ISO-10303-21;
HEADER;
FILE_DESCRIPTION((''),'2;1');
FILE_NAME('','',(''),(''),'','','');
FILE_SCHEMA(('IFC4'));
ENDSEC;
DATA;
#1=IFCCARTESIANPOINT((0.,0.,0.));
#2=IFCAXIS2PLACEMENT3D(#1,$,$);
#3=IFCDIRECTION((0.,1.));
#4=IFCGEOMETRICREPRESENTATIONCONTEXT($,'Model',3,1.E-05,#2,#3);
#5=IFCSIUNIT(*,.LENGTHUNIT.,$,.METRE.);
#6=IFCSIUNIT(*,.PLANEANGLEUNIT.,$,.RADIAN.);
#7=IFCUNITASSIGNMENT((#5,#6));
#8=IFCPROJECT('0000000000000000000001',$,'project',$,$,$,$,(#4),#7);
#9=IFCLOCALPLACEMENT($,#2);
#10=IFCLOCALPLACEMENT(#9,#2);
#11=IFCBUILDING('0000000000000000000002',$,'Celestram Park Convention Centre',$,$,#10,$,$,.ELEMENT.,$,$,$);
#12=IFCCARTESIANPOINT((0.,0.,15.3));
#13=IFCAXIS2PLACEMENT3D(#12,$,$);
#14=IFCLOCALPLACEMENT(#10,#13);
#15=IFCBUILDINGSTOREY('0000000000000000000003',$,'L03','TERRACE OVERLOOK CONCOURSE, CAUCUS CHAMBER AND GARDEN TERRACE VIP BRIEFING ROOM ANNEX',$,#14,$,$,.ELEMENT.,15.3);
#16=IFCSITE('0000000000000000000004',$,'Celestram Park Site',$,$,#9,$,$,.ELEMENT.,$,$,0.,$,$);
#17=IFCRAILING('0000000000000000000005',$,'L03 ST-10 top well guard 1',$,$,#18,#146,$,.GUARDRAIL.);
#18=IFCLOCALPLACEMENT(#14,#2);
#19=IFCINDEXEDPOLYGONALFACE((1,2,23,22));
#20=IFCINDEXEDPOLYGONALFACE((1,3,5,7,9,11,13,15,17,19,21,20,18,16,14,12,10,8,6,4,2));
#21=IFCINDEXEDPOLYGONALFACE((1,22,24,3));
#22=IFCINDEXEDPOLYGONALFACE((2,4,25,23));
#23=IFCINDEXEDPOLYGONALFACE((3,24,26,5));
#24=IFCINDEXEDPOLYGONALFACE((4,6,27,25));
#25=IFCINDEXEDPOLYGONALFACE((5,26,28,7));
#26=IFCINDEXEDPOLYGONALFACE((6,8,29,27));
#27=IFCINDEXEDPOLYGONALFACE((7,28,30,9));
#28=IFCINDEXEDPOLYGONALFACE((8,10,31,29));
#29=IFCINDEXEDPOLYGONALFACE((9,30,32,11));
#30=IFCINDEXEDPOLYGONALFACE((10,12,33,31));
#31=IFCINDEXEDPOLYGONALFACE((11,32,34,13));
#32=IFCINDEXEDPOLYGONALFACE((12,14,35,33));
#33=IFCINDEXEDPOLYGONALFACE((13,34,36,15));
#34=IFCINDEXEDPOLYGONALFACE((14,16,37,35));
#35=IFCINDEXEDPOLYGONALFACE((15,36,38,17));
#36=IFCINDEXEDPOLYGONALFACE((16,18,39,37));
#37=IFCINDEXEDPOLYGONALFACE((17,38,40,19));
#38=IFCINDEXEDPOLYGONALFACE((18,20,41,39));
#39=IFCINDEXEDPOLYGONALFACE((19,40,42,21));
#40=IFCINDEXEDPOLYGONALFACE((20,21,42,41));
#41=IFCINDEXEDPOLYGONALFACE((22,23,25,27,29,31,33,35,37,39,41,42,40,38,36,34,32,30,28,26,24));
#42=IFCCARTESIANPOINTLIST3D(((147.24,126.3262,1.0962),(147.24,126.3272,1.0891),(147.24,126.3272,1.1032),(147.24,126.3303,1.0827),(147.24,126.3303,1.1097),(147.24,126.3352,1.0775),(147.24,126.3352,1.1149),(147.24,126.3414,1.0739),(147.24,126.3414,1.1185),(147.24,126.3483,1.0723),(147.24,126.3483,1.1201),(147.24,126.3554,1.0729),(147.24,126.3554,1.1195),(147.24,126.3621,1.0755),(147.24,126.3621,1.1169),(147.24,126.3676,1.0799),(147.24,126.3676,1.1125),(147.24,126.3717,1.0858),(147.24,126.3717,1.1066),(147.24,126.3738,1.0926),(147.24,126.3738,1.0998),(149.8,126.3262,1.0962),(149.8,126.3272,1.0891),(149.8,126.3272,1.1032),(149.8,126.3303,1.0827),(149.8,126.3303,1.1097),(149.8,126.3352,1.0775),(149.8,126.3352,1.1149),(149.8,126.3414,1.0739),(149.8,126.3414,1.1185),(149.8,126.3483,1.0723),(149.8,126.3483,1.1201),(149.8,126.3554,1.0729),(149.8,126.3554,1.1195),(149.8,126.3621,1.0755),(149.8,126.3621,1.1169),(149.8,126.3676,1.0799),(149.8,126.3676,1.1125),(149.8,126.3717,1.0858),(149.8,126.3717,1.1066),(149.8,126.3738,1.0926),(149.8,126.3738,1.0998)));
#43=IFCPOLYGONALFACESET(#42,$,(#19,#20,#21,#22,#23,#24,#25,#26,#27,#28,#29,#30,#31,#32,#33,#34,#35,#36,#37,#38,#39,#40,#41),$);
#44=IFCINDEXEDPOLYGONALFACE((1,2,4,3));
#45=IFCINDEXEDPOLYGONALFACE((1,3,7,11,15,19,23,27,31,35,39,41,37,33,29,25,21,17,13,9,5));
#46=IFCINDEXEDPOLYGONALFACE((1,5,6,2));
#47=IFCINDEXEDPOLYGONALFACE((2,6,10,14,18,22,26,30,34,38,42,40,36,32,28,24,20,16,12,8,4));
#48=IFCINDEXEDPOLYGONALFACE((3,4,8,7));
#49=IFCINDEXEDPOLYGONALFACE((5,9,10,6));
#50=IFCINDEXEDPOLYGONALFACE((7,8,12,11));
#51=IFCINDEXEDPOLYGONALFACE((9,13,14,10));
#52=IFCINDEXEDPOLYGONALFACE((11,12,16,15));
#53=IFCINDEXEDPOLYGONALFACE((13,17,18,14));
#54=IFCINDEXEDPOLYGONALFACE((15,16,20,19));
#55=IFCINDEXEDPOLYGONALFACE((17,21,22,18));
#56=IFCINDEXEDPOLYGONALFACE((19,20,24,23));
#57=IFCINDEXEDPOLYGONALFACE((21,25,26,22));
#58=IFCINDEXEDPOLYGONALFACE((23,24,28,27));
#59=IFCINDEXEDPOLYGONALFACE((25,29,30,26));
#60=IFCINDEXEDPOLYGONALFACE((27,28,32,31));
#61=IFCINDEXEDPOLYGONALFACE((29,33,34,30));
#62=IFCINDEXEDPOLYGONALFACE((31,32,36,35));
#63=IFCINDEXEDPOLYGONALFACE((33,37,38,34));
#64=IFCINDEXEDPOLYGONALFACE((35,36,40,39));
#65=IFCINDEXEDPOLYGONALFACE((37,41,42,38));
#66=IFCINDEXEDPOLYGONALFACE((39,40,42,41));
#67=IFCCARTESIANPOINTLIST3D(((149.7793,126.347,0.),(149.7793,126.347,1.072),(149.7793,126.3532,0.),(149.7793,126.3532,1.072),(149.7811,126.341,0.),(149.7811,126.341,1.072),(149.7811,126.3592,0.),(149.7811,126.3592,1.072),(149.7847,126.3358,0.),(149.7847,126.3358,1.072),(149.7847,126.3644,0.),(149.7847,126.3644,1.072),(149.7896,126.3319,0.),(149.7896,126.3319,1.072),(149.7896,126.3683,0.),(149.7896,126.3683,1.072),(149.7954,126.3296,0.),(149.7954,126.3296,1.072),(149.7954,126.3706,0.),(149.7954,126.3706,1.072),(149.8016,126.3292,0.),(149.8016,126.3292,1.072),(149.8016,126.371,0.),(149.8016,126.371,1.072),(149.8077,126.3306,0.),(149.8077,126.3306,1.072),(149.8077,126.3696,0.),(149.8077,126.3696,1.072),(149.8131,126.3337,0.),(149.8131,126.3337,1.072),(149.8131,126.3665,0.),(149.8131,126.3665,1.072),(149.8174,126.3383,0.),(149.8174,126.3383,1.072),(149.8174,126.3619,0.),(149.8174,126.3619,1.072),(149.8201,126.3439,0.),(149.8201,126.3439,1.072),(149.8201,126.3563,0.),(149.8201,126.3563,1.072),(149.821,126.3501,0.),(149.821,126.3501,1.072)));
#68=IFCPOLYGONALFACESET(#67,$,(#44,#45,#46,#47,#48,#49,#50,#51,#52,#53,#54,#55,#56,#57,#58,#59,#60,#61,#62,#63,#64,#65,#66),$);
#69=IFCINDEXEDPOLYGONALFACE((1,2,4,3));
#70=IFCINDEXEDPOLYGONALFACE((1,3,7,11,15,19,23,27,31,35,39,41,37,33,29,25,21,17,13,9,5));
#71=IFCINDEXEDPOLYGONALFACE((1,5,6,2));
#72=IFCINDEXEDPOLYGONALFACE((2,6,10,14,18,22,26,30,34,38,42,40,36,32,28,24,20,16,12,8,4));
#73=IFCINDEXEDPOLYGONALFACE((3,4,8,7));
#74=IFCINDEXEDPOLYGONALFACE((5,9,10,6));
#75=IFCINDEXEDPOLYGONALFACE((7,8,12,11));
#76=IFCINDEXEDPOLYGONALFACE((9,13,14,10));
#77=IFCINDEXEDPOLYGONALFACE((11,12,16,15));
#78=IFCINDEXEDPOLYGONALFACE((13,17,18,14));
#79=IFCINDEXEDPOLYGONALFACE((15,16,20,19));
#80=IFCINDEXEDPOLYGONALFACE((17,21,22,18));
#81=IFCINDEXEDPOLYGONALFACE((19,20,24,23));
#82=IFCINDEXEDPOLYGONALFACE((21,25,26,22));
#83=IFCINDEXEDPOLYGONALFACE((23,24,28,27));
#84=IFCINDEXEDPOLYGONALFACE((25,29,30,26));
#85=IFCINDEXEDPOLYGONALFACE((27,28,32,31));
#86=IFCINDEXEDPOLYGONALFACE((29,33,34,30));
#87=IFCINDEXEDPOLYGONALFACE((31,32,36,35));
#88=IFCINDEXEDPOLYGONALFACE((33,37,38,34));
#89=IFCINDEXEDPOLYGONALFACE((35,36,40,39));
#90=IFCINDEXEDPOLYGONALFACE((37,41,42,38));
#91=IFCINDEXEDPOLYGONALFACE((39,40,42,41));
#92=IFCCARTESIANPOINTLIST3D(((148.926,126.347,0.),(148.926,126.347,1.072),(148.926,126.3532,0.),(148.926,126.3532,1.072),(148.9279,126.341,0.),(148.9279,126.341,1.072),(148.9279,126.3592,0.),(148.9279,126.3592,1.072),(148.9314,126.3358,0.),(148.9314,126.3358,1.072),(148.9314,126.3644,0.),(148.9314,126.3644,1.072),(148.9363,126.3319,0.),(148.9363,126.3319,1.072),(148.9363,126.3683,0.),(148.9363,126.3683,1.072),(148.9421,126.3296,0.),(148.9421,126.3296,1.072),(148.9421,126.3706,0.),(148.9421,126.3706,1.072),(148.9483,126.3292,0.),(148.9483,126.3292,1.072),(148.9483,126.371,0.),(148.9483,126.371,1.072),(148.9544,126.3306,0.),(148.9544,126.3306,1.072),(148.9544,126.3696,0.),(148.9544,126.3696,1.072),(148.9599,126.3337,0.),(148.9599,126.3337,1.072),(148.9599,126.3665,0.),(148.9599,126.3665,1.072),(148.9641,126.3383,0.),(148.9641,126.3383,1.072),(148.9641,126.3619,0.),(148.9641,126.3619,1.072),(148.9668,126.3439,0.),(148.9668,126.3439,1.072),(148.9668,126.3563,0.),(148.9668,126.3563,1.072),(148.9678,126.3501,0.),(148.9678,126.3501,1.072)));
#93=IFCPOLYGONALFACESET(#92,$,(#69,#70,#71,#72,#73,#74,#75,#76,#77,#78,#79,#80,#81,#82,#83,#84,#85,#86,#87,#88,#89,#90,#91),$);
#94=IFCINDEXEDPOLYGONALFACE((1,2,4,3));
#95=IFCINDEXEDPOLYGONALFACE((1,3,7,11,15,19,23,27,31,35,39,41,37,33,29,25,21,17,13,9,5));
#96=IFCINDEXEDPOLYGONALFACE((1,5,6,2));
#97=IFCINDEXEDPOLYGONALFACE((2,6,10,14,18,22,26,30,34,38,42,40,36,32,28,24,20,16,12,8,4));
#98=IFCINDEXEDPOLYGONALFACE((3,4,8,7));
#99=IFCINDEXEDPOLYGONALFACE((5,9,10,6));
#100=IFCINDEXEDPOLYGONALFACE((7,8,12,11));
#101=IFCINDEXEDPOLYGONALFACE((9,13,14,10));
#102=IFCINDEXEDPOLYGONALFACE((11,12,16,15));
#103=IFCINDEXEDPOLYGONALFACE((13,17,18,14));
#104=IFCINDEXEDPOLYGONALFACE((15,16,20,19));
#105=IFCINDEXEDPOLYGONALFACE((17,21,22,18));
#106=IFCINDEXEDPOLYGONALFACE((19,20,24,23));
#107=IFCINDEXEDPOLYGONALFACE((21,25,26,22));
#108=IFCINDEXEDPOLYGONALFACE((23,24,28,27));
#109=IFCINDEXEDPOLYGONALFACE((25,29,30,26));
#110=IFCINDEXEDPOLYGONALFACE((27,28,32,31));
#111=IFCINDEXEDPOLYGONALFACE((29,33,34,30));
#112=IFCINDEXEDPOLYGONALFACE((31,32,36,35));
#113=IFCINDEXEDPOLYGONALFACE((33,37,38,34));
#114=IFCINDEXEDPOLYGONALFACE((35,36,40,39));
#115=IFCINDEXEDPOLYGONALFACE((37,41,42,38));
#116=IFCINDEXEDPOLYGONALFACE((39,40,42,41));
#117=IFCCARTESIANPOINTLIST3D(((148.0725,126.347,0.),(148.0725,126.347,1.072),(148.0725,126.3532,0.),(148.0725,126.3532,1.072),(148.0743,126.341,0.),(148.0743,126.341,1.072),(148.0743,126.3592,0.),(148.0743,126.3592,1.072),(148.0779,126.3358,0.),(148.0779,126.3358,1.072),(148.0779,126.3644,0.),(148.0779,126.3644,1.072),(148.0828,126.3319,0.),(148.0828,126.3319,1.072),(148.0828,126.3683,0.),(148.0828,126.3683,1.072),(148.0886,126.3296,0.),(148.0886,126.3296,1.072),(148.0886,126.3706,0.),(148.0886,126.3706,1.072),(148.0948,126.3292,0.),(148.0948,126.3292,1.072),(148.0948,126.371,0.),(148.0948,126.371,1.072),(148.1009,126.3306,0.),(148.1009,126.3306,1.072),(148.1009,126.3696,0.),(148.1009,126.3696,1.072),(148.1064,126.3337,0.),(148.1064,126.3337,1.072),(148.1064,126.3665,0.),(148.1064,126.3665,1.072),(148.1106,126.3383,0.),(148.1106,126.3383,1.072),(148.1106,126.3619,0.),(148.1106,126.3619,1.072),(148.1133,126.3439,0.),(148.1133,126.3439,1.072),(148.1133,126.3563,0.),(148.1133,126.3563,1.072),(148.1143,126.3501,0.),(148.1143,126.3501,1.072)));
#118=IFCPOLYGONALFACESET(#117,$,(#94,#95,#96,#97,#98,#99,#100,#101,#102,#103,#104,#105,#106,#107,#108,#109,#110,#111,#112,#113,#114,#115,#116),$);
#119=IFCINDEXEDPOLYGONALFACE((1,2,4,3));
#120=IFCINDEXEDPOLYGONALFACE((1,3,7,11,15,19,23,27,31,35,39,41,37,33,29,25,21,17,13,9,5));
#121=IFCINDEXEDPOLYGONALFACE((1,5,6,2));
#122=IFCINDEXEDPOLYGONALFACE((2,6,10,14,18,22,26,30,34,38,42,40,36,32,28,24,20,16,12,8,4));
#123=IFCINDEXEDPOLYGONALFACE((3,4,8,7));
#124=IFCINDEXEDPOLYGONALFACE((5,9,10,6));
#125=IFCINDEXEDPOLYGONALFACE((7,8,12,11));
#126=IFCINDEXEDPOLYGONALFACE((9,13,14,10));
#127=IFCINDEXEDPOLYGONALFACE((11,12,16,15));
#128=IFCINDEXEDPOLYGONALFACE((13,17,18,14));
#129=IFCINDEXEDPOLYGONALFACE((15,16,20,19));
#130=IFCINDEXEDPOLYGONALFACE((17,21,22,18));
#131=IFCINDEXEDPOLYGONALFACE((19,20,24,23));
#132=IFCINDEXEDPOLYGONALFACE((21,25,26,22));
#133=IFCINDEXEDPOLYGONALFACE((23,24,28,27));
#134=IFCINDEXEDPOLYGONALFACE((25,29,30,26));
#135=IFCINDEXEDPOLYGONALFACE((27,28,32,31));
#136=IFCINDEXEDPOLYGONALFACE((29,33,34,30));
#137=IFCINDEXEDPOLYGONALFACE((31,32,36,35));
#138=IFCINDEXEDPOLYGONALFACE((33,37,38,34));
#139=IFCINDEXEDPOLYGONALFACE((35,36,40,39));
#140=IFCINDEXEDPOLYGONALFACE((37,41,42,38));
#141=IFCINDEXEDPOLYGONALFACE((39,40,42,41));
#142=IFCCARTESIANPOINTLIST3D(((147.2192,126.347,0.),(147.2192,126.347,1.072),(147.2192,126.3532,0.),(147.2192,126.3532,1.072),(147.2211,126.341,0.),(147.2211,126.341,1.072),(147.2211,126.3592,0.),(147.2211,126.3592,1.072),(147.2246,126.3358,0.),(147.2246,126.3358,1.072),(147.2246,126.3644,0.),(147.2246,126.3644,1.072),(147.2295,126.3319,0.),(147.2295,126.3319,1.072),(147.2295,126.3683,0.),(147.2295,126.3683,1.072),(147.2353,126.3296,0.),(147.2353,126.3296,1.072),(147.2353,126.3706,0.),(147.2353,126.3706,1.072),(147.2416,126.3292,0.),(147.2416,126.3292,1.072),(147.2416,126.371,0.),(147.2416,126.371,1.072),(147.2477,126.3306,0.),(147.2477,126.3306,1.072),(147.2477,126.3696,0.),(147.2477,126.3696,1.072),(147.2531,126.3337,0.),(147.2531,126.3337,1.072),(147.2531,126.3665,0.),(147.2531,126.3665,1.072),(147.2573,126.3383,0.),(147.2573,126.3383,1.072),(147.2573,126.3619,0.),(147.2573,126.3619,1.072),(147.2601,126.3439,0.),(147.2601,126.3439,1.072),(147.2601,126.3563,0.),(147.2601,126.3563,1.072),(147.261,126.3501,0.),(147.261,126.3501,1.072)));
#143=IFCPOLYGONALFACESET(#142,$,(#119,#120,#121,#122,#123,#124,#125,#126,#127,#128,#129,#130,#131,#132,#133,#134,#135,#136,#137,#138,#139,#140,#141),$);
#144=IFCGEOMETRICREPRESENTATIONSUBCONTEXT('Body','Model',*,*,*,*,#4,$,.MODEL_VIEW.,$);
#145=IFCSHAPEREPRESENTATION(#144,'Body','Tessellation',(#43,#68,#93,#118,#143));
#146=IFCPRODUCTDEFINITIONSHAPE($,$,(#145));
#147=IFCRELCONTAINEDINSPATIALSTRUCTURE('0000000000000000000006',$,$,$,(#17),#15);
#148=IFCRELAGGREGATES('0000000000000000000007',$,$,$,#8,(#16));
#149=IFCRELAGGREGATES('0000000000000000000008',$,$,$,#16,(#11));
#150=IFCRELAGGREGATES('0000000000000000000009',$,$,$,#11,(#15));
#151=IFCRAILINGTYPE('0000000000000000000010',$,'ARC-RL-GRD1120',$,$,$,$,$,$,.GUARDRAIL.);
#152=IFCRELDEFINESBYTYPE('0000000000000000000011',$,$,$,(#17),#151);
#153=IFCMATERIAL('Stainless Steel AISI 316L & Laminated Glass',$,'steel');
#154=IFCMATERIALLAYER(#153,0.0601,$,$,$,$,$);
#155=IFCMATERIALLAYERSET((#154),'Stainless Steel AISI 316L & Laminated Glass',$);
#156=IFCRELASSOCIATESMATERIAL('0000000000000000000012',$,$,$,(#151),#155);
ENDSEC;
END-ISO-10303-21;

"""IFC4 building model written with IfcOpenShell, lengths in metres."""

from ifc_helpers import new_model, si_unit, direction, frame, origin, origin_2d, place, context, subcontext, project, spatial, circle, extrude, material, layer, layer_set, type_object, element, save


model = new_model("IFC4")

# Units and contexts
model_context = context("Model", 3, precision=1e-05, world=origin(), true_north=direction((0.0, 1.0)))
body_context = subcontext(model_context, "Body", "Model", "MODEL_VIEW")
ifc_project = project(units=[si_unit("LENGTHUNIT", "METRE"), si_unit("PLANEANGLEUNIT", "RADIAN")], contexts=[model_context])

# Site, building, storey
site_placement = place(None, origin())
site = spatial("IfcSite", under=ifc_project, at=site_placement, Name="Celestram Park Site", CompositionType="ELEMENT", RefElevation=0.0)
building_placement = place(site_placement, origin())
building = spatial("IfcBuilding", under=site, at=building_placement, Name="Celestram Park Convention Centre", CompositionType="ELEMENT")
storey_placement = place(building_placement, frame((0.0, 0.0, 15.3)))
storey = spatial("IfcBuildingStorey", under=building, at=storey_placement, Name="L03", Description="TERRACE OVERLOOK CONCOURSE, CAUCUS CHAMBER AND GARDEN TERRACE VIP BRIEFING ROOM ANNEX", CompositionType="ELEMENT", Elevation=15.3)

# Railing
ifc_material_1 = material(Name="Stainless Steel AISI 316L & Laminated Glass", Category="steel")
ifc_layer_1 = layer(ifc_material_1, 0.0601)
ifc_layer_set_1 = layer_set([ifc_layer_1], Name="Stainless Steel AISI 316L & Laminated Glass")
railing_type = type_object("IfcRailingType", Name="ARC-RL-GRD1120", PredefinedType="GUARDRAIL", material=ifc_layer_set_1)
railing_placement = place(storey_placement, frame((149.8, 126.3501, 0.0)))
element("IfcRailing", 1, at=railing_placement, inside=storey, type_object=railing_type, Name="L03 ST-10 top well guard 1", PredefinedType="GUARDRAIL", context=body_context, shape_type="SweptSolid", body=[
    extrude(circle(Radius=0.0239, at=origin_2d()), frame((0.0, 0.0, 1.0962), z_axis=(-1.0, 0.0, 0.0), x_axis=(0.0, -1.0, 0.0)), (0.0, 0.0, 1.0), 2.5601),
    extrude(circle(Radius=0.021, at=origin_2d()), origin(), (0.0, 0.0, 1.0), 1.072),
    extrude(circle(Radius=0.021, at=origin_2d()), frame((-0.8533, 0.0, 0.0)), (0.0, 0.0, 1.0), 1.072),
    extrude(circle(Radius=0.021, at=origin_2d()), frame((-1.7068, 0.0, 0.0)), (0.0, 0.0, 1.0), 1.072),
    extrude(circle(Radius=0.021, at=origin_2d()), frame((-2.5601, 0.0, 0.0)), (0.0, 0.0, 1.0), 1.072),
])

save(model, "model.ifc")
